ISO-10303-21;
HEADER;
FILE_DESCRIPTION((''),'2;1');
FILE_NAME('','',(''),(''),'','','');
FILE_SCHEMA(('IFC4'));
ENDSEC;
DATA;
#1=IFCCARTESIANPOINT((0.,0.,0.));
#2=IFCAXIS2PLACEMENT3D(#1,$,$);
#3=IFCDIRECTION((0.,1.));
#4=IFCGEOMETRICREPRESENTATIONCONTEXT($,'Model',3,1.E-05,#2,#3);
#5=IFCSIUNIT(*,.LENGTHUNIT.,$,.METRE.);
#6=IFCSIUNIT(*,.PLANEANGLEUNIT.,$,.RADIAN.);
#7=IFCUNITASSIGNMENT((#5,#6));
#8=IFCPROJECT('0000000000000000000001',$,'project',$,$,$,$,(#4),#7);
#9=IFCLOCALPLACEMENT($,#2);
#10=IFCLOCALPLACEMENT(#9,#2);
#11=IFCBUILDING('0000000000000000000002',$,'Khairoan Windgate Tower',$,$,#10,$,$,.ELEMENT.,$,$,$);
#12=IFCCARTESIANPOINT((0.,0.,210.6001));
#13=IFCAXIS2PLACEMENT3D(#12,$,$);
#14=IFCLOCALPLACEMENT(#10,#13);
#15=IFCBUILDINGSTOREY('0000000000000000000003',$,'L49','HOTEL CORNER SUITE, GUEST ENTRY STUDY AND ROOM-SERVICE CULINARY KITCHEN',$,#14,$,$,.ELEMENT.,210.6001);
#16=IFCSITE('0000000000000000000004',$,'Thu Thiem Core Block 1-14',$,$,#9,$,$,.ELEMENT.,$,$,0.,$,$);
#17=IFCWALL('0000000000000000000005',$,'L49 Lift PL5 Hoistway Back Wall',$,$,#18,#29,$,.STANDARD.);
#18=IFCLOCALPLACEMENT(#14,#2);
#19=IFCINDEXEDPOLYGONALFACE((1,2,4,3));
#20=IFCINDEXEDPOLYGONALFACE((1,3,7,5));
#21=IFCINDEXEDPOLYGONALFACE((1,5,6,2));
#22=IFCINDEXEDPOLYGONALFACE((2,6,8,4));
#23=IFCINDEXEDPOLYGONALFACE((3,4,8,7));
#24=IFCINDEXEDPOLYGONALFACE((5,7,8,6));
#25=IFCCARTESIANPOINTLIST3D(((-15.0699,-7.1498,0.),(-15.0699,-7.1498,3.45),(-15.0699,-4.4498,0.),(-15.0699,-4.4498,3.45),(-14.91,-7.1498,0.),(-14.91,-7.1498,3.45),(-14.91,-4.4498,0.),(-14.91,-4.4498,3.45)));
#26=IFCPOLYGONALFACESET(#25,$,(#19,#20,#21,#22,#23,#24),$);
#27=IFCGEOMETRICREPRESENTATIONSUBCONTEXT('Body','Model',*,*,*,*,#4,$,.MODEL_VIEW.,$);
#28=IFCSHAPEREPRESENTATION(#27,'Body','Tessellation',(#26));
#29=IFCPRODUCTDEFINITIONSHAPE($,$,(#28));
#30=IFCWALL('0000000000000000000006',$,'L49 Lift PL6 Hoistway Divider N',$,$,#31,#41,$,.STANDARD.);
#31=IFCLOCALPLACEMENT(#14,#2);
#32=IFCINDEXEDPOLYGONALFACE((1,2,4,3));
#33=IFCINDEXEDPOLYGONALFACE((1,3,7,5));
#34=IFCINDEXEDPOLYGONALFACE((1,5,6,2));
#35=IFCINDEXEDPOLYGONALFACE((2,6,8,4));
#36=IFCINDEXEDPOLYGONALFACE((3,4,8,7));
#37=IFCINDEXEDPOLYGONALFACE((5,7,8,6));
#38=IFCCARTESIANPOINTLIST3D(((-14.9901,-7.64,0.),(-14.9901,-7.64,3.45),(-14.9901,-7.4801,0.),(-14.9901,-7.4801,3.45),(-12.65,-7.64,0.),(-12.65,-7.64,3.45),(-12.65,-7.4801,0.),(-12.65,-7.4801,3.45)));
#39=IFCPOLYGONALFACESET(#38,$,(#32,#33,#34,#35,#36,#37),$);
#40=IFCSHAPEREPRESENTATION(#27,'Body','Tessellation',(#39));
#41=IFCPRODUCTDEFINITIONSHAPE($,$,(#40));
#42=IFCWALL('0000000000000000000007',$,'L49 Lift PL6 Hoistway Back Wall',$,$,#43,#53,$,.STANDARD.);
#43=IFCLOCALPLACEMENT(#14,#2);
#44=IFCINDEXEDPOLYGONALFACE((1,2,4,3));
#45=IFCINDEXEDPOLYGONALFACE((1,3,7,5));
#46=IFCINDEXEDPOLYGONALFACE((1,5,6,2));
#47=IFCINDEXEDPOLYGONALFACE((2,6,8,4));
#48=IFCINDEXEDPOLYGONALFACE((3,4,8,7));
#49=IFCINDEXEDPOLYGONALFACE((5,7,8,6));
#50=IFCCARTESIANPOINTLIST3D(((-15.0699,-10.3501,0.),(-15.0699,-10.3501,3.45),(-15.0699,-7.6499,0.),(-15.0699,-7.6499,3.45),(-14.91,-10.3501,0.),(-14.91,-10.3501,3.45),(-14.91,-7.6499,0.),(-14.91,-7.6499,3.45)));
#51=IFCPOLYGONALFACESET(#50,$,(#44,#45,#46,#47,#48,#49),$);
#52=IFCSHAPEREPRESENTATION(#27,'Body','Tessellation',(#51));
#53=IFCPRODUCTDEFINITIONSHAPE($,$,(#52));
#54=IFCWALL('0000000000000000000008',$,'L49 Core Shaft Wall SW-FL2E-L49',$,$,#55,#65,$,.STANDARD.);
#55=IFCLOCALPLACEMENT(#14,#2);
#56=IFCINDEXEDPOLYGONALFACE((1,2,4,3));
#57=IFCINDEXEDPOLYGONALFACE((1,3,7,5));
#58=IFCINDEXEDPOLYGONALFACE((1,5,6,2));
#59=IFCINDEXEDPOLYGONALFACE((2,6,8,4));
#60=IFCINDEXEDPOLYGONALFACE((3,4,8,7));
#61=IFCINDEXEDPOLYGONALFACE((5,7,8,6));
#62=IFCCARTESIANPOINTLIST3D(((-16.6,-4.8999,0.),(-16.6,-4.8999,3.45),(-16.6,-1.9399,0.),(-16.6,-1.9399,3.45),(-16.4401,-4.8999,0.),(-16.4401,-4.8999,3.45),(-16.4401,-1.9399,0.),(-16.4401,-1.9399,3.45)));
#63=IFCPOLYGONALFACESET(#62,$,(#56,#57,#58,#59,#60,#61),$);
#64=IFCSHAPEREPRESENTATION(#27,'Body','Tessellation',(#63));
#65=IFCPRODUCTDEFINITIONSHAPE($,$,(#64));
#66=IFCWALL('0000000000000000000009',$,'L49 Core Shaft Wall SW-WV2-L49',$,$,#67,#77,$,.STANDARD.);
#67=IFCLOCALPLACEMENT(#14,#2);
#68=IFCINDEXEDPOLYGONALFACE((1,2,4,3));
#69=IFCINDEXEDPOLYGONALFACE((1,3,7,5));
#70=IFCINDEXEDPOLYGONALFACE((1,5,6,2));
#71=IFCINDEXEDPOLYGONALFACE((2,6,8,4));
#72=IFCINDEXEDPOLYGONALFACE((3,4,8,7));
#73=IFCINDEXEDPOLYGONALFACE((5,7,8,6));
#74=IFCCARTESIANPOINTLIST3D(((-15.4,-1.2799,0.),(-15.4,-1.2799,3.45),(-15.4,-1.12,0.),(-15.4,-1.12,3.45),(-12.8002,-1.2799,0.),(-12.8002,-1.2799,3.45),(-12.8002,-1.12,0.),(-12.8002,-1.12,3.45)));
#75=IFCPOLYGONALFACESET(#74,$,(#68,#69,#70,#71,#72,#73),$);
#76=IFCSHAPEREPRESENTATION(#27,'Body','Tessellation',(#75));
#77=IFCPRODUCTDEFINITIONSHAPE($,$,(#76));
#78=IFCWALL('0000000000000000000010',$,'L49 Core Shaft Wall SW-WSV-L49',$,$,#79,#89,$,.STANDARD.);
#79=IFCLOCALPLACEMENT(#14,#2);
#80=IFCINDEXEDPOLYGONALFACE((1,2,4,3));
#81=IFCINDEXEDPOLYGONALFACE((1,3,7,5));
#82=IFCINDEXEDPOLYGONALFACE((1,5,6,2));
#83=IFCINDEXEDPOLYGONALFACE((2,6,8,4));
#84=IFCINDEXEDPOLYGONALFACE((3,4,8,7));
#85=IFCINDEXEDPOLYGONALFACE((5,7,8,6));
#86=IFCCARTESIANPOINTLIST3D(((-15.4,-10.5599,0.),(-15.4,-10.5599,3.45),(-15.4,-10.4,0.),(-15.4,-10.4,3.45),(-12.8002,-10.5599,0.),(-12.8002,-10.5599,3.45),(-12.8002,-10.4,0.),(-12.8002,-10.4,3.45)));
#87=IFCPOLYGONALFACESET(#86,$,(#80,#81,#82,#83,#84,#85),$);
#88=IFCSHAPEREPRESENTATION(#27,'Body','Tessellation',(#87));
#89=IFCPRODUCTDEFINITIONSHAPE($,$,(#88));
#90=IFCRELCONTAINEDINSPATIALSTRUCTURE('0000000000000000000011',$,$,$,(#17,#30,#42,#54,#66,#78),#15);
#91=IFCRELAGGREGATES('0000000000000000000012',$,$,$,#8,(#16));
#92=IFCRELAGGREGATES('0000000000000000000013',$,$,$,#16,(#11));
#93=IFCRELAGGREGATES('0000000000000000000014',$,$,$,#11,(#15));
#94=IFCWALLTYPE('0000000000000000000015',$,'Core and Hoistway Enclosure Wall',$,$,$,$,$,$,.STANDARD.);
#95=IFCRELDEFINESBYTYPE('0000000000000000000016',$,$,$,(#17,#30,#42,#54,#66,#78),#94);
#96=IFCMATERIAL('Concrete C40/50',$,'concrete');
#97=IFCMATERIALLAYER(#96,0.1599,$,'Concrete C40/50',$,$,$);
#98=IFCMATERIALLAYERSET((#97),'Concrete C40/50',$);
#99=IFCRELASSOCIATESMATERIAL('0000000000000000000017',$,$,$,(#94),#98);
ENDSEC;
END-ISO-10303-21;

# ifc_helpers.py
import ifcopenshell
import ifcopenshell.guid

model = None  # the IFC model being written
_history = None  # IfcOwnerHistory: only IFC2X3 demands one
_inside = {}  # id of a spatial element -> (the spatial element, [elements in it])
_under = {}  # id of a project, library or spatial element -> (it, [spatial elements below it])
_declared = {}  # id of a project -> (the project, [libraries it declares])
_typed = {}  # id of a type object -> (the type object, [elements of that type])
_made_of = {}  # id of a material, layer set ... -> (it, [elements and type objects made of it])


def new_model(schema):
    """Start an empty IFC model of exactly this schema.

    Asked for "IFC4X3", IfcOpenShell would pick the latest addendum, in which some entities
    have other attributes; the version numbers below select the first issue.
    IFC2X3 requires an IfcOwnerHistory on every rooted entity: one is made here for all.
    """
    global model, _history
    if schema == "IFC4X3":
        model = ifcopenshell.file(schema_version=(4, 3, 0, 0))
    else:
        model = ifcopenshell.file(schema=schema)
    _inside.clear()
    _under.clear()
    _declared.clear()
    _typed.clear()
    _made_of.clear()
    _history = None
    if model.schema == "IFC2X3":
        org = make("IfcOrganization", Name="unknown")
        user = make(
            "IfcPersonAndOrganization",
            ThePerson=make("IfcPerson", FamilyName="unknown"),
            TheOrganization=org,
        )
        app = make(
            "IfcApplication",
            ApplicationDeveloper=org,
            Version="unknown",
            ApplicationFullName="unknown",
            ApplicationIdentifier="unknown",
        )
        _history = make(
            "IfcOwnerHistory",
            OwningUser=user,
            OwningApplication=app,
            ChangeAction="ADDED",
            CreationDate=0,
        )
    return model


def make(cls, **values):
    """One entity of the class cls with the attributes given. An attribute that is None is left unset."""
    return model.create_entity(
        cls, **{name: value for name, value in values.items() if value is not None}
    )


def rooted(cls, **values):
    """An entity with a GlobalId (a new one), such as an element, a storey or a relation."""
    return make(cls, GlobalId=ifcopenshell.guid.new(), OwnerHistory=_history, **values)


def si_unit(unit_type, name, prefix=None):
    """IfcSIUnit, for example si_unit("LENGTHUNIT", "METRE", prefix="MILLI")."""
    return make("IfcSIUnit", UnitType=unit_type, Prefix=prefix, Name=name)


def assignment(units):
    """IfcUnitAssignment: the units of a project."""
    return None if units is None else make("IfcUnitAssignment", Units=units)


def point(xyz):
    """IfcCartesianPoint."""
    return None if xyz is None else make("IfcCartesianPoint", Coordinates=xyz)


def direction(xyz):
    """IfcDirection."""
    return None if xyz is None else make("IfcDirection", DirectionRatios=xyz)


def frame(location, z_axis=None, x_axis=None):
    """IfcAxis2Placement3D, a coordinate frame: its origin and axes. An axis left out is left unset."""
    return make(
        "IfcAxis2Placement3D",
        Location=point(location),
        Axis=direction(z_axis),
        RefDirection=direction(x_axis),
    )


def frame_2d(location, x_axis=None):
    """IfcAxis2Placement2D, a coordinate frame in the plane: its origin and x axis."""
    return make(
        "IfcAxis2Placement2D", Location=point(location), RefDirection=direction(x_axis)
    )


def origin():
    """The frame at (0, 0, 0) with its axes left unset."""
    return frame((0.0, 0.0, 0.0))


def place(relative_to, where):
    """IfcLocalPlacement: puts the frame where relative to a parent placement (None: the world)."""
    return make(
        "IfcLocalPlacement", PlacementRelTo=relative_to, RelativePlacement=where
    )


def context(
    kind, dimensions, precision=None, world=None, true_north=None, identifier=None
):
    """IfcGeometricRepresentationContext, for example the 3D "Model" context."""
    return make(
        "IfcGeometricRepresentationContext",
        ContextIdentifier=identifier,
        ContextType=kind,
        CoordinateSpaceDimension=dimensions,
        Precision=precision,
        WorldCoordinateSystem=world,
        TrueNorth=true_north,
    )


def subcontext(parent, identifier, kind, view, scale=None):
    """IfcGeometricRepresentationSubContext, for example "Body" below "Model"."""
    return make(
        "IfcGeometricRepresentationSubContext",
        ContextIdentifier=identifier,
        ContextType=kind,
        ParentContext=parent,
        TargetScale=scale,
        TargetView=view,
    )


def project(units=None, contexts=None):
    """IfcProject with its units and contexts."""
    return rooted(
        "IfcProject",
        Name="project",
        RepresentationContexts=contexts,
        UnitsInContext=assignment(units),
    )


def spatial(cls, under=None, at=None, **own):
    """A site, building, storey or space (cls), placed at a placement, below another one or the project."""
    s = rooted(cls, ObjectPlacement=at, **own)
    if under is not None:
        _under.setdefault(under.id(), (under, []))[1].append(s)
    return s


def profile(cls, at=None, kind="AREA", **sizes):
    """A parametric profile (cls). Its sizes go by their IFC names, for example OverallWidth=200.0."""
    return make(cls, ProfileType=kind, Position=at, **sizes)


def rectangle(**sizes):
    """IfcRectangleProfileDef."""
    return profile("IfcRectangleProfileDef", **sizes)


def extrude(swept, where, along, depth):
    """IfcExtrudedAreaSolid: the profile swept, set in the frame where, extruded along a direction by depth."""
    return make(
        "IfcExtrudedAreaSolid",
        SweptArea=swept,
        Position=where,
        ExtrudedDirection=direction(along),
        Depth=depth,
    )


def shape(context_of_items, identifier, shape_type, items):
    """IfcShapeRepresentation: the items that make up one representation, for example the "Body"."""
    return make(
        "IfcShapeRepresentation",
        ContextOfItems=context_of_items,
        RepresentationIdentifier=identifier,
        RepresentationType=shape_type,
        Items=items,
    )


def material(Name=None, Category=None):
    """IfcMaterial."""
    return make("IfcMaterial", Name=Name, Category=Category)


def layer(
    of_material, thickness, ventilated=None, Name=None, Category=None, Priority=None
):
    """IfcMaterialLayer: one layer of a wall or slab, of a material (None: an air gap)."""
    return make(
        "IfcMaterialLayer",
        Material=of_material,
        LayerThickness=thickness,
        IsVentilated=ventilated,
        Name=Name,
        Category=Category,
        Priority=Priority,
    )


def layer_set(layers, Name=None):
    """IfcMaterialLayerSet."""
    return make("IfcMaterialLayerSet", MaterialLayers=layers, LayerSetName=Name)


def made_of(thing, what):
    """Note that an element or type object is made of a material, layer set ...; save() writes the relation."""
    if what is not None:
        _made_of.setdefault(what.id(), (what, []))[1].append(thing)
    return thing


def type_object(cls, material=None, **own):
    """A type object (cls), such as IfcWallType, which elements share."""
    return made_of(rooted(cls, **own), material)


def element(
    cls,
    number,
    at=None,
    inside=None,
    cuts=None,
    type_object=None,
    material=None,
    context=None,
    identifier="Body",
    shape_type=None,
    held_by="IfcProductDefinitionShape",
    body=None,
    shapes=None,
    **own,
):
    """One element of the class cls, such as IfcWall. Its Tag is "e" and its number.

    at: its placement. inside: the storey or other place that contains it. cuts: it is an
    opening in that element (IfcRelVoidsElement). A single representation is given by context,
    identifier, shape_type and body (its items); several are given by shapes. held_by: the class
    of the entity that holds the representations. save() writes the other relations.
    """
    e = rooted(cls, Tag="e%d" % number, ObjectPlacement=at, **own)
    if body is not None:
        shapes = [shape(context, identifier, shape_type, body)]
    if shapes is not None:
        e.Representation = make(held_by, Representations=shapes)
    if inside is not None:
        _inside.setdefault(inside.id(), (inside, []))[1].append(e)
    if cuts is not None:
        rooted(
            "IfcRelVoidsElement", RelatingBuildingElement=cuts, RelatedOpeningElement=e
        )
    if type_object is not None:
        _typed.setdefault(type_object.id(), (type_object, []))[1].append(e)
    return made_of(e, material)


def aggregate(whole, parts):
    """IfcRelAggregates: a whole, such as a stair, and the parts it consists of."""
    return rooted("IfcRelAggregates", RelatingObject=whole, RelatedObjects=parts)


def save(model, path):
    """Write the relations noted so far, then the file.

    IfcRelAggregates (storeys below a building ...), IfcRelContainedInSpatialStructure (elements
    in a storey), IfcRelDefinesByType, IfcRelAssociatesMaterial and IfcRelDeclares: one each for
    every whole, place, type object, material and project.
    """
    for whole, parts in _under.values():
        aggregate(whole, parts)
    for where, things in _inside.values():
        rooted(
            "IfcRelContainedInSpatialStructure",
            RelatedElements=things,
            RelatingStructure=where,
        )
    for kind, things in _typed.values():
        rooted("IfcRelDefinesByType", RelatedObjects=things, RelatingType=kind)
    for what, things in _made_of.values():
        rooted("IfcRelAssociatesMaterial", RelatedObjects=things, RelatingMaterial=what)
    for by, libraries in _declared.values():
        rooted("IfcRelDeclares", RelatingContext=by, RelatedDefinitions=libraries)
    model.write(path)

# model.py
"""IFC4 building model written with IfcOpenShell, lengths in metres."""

from ifc_helpers import new_model, si_unit, direction, frame, frame_2d, origin, place, context, subcontext, project, spatial, rectangle, extrude, material, layer, layer_set, type_object, element, save


model = new_model("IFC4")

# Units and contexts
model_context = context("Model", 3, precision=1e-05, world=origin(), true_north=direction((0.0, 1.0)))
body_context = subcontext(model_context, "Body", "Model", "MODEL_VIEW")
ifc_project = project(units=[si_unit("LENGTHUNIT", "METRE"), si_unit("PLANEANGLEUNIT", "RADIAN")], contexts=[model_context])

# Site, building, storey
site_placement = place(None, origin())
site = spatial("IfcSite", under=ifc_project, at=site_placement, Name="Thu Thiem Core Block 1-14", CompositionType="ELEMENT", RefElevation=0.0)
building_placement = place(site_placement, origin())
building = spatial("IfcBuilding", under=site, at=building_placement, Name="Khairoan Windgate Tower", CompositionType="ELEMENT")
storey_placement = place(building_placement, frame((0.0, 0.0, 210.6001)))
storey = spatial("IfcBuildingStorey", under=building, at=storey_placement, Name="L49", Description="HOTEL CORNER SUITE, GUEST ENTRY STUDY AND ROOM-SERVICE CULINARY KITCHEN", CompositionType="ELEMENT", Elevation=210.6001)

# Walls
ifc_material_1 = material(Name="Concrete C40/50", Category="concrete")
ifc_layer_1 = layer(ifc_material_1, 0.1599, Name="Concrete C40/50")
ifc_layer_set_1 = layer_set([ifc_layer_1], Name="Concrete C40/50")
wall_type_1 = type_object("IfcWallType", Name="Core and Hoistway Enclosure Wall", PredefinedType="STANDARD", material=ifc_layer_set_1)
wall_1_placement = place(storey_placement, frame((-14.99, -7.1499, 0.0), z_axis=(0.0, 0.0, 1.0), x_axis=(0.0, 1.0, 0.0)))
element("IfcWall", 1, at=wall_1_placement, inside=storey, type_object=wall_type_1, Name="L49 Lift PL5 Hoistway Back Wall", PredefinedType="STANDARD", context=body_context, shape_type="SweptSolid", body=[
    extrude(rectangle(XDim=2.7, YDim=0.1599, at=frame_2d((1.3501, 0.0))), origin(), (0.0, 0.0, 1.0), 3.45),
])
wall_2_placement = place(storey_placement, frame((-14.99, -7.5601, 0.0), z_axis=(0.0, 0.0, 1.0), x_axis=(1.0, 0.0, 0.0)))
element("IfcWall", 2, at=wall_2_placement, inside=storey, type_object=wall_type_1, Name="L49 Lift PL6 Hoistway Divider N", PredefinedType="STANDARD", context=body_context, shape_type="SweptSolid", body=[
    extrude(rectangle(XDim=2.3401, YDim=0.1599, at=frame_2d((1.1699, 0.0))), origin(), (0.0, 0.0, 1.0), 3.45),
])
wall_3_placement = place(storey_placement, frame((-14.99, -10.3501, 0.0), z_axis=(0.0, 0.0, 1.0), x_axis=(0.0, 1.0, 0.0)))
element("IfcWall", 3, at=wall_3_placement, inside=storey, type_object=wall_type_1, Name="L49 Lift PL6 Hoistway Back Wall", PredefinedType="STANDARD", context=body_context, shape_type="SweptSolid", body=[
    extrude(rectangle(XDim=2.7002, YDim=0.1599, at=frame_2d((1.3501, 0.0))), origin(), (0.0, 0.0, 1.0), 3.45),
])
wall_4_placement = place(storey_placement, frame((-16.52, -4.8999, 0.0), z_axis=(0.0, 0.0, 1.0), x_axis=(0.0, 1.0, 0.0)))
element("IfcWall", 4, at=wall_4_placement, inside=storey, type_object=wall_type_1, Name="L49 Core Shaft Wall SW-FL2E-L49", PredefinedType="STANDARD", context=body_context, shape_type="SweptSolid", body=[
    extrude(rectangle(XDim=2.96, YDim=0.1599, at=frame_2d((1.48, 0.0))), origin(), (0.0, 0.0, 1.0), 3.45),
])
for number, where, z_axis, x_axis, name in (
    (5, (-15.3999, -1.2, 0.0), (0.0, 0.0, 1.0), (1.0, 0.0, 0.0), "L49 Core Shaft Wall SW-WV2-L49"),
    (6, (-15.3999, -10.48, 0.0), (0.0, 0.0, 1.0), (1.0, 0.0, 0.0), "L49 Core Shaft Wall SW-WSV-L49"),
):
    element("IfcWall", number, at=place(storey_placement, frame(where, z_axis=z_axis, x_axis=x_axis)), inside=storey, type_object=wall_type_1, Name=name, PredefinedType="STANDARD", context=body_context, shape_type="SweptSolid", body=[
        extrude(rectangle(XDim=2.5999, YDim=0.1599, at=frame_2d((1.2998, 0.0))), origin(), (0.0, 0.0, 1.0), 3.45),
    ])

save(model, "model.ifc")
